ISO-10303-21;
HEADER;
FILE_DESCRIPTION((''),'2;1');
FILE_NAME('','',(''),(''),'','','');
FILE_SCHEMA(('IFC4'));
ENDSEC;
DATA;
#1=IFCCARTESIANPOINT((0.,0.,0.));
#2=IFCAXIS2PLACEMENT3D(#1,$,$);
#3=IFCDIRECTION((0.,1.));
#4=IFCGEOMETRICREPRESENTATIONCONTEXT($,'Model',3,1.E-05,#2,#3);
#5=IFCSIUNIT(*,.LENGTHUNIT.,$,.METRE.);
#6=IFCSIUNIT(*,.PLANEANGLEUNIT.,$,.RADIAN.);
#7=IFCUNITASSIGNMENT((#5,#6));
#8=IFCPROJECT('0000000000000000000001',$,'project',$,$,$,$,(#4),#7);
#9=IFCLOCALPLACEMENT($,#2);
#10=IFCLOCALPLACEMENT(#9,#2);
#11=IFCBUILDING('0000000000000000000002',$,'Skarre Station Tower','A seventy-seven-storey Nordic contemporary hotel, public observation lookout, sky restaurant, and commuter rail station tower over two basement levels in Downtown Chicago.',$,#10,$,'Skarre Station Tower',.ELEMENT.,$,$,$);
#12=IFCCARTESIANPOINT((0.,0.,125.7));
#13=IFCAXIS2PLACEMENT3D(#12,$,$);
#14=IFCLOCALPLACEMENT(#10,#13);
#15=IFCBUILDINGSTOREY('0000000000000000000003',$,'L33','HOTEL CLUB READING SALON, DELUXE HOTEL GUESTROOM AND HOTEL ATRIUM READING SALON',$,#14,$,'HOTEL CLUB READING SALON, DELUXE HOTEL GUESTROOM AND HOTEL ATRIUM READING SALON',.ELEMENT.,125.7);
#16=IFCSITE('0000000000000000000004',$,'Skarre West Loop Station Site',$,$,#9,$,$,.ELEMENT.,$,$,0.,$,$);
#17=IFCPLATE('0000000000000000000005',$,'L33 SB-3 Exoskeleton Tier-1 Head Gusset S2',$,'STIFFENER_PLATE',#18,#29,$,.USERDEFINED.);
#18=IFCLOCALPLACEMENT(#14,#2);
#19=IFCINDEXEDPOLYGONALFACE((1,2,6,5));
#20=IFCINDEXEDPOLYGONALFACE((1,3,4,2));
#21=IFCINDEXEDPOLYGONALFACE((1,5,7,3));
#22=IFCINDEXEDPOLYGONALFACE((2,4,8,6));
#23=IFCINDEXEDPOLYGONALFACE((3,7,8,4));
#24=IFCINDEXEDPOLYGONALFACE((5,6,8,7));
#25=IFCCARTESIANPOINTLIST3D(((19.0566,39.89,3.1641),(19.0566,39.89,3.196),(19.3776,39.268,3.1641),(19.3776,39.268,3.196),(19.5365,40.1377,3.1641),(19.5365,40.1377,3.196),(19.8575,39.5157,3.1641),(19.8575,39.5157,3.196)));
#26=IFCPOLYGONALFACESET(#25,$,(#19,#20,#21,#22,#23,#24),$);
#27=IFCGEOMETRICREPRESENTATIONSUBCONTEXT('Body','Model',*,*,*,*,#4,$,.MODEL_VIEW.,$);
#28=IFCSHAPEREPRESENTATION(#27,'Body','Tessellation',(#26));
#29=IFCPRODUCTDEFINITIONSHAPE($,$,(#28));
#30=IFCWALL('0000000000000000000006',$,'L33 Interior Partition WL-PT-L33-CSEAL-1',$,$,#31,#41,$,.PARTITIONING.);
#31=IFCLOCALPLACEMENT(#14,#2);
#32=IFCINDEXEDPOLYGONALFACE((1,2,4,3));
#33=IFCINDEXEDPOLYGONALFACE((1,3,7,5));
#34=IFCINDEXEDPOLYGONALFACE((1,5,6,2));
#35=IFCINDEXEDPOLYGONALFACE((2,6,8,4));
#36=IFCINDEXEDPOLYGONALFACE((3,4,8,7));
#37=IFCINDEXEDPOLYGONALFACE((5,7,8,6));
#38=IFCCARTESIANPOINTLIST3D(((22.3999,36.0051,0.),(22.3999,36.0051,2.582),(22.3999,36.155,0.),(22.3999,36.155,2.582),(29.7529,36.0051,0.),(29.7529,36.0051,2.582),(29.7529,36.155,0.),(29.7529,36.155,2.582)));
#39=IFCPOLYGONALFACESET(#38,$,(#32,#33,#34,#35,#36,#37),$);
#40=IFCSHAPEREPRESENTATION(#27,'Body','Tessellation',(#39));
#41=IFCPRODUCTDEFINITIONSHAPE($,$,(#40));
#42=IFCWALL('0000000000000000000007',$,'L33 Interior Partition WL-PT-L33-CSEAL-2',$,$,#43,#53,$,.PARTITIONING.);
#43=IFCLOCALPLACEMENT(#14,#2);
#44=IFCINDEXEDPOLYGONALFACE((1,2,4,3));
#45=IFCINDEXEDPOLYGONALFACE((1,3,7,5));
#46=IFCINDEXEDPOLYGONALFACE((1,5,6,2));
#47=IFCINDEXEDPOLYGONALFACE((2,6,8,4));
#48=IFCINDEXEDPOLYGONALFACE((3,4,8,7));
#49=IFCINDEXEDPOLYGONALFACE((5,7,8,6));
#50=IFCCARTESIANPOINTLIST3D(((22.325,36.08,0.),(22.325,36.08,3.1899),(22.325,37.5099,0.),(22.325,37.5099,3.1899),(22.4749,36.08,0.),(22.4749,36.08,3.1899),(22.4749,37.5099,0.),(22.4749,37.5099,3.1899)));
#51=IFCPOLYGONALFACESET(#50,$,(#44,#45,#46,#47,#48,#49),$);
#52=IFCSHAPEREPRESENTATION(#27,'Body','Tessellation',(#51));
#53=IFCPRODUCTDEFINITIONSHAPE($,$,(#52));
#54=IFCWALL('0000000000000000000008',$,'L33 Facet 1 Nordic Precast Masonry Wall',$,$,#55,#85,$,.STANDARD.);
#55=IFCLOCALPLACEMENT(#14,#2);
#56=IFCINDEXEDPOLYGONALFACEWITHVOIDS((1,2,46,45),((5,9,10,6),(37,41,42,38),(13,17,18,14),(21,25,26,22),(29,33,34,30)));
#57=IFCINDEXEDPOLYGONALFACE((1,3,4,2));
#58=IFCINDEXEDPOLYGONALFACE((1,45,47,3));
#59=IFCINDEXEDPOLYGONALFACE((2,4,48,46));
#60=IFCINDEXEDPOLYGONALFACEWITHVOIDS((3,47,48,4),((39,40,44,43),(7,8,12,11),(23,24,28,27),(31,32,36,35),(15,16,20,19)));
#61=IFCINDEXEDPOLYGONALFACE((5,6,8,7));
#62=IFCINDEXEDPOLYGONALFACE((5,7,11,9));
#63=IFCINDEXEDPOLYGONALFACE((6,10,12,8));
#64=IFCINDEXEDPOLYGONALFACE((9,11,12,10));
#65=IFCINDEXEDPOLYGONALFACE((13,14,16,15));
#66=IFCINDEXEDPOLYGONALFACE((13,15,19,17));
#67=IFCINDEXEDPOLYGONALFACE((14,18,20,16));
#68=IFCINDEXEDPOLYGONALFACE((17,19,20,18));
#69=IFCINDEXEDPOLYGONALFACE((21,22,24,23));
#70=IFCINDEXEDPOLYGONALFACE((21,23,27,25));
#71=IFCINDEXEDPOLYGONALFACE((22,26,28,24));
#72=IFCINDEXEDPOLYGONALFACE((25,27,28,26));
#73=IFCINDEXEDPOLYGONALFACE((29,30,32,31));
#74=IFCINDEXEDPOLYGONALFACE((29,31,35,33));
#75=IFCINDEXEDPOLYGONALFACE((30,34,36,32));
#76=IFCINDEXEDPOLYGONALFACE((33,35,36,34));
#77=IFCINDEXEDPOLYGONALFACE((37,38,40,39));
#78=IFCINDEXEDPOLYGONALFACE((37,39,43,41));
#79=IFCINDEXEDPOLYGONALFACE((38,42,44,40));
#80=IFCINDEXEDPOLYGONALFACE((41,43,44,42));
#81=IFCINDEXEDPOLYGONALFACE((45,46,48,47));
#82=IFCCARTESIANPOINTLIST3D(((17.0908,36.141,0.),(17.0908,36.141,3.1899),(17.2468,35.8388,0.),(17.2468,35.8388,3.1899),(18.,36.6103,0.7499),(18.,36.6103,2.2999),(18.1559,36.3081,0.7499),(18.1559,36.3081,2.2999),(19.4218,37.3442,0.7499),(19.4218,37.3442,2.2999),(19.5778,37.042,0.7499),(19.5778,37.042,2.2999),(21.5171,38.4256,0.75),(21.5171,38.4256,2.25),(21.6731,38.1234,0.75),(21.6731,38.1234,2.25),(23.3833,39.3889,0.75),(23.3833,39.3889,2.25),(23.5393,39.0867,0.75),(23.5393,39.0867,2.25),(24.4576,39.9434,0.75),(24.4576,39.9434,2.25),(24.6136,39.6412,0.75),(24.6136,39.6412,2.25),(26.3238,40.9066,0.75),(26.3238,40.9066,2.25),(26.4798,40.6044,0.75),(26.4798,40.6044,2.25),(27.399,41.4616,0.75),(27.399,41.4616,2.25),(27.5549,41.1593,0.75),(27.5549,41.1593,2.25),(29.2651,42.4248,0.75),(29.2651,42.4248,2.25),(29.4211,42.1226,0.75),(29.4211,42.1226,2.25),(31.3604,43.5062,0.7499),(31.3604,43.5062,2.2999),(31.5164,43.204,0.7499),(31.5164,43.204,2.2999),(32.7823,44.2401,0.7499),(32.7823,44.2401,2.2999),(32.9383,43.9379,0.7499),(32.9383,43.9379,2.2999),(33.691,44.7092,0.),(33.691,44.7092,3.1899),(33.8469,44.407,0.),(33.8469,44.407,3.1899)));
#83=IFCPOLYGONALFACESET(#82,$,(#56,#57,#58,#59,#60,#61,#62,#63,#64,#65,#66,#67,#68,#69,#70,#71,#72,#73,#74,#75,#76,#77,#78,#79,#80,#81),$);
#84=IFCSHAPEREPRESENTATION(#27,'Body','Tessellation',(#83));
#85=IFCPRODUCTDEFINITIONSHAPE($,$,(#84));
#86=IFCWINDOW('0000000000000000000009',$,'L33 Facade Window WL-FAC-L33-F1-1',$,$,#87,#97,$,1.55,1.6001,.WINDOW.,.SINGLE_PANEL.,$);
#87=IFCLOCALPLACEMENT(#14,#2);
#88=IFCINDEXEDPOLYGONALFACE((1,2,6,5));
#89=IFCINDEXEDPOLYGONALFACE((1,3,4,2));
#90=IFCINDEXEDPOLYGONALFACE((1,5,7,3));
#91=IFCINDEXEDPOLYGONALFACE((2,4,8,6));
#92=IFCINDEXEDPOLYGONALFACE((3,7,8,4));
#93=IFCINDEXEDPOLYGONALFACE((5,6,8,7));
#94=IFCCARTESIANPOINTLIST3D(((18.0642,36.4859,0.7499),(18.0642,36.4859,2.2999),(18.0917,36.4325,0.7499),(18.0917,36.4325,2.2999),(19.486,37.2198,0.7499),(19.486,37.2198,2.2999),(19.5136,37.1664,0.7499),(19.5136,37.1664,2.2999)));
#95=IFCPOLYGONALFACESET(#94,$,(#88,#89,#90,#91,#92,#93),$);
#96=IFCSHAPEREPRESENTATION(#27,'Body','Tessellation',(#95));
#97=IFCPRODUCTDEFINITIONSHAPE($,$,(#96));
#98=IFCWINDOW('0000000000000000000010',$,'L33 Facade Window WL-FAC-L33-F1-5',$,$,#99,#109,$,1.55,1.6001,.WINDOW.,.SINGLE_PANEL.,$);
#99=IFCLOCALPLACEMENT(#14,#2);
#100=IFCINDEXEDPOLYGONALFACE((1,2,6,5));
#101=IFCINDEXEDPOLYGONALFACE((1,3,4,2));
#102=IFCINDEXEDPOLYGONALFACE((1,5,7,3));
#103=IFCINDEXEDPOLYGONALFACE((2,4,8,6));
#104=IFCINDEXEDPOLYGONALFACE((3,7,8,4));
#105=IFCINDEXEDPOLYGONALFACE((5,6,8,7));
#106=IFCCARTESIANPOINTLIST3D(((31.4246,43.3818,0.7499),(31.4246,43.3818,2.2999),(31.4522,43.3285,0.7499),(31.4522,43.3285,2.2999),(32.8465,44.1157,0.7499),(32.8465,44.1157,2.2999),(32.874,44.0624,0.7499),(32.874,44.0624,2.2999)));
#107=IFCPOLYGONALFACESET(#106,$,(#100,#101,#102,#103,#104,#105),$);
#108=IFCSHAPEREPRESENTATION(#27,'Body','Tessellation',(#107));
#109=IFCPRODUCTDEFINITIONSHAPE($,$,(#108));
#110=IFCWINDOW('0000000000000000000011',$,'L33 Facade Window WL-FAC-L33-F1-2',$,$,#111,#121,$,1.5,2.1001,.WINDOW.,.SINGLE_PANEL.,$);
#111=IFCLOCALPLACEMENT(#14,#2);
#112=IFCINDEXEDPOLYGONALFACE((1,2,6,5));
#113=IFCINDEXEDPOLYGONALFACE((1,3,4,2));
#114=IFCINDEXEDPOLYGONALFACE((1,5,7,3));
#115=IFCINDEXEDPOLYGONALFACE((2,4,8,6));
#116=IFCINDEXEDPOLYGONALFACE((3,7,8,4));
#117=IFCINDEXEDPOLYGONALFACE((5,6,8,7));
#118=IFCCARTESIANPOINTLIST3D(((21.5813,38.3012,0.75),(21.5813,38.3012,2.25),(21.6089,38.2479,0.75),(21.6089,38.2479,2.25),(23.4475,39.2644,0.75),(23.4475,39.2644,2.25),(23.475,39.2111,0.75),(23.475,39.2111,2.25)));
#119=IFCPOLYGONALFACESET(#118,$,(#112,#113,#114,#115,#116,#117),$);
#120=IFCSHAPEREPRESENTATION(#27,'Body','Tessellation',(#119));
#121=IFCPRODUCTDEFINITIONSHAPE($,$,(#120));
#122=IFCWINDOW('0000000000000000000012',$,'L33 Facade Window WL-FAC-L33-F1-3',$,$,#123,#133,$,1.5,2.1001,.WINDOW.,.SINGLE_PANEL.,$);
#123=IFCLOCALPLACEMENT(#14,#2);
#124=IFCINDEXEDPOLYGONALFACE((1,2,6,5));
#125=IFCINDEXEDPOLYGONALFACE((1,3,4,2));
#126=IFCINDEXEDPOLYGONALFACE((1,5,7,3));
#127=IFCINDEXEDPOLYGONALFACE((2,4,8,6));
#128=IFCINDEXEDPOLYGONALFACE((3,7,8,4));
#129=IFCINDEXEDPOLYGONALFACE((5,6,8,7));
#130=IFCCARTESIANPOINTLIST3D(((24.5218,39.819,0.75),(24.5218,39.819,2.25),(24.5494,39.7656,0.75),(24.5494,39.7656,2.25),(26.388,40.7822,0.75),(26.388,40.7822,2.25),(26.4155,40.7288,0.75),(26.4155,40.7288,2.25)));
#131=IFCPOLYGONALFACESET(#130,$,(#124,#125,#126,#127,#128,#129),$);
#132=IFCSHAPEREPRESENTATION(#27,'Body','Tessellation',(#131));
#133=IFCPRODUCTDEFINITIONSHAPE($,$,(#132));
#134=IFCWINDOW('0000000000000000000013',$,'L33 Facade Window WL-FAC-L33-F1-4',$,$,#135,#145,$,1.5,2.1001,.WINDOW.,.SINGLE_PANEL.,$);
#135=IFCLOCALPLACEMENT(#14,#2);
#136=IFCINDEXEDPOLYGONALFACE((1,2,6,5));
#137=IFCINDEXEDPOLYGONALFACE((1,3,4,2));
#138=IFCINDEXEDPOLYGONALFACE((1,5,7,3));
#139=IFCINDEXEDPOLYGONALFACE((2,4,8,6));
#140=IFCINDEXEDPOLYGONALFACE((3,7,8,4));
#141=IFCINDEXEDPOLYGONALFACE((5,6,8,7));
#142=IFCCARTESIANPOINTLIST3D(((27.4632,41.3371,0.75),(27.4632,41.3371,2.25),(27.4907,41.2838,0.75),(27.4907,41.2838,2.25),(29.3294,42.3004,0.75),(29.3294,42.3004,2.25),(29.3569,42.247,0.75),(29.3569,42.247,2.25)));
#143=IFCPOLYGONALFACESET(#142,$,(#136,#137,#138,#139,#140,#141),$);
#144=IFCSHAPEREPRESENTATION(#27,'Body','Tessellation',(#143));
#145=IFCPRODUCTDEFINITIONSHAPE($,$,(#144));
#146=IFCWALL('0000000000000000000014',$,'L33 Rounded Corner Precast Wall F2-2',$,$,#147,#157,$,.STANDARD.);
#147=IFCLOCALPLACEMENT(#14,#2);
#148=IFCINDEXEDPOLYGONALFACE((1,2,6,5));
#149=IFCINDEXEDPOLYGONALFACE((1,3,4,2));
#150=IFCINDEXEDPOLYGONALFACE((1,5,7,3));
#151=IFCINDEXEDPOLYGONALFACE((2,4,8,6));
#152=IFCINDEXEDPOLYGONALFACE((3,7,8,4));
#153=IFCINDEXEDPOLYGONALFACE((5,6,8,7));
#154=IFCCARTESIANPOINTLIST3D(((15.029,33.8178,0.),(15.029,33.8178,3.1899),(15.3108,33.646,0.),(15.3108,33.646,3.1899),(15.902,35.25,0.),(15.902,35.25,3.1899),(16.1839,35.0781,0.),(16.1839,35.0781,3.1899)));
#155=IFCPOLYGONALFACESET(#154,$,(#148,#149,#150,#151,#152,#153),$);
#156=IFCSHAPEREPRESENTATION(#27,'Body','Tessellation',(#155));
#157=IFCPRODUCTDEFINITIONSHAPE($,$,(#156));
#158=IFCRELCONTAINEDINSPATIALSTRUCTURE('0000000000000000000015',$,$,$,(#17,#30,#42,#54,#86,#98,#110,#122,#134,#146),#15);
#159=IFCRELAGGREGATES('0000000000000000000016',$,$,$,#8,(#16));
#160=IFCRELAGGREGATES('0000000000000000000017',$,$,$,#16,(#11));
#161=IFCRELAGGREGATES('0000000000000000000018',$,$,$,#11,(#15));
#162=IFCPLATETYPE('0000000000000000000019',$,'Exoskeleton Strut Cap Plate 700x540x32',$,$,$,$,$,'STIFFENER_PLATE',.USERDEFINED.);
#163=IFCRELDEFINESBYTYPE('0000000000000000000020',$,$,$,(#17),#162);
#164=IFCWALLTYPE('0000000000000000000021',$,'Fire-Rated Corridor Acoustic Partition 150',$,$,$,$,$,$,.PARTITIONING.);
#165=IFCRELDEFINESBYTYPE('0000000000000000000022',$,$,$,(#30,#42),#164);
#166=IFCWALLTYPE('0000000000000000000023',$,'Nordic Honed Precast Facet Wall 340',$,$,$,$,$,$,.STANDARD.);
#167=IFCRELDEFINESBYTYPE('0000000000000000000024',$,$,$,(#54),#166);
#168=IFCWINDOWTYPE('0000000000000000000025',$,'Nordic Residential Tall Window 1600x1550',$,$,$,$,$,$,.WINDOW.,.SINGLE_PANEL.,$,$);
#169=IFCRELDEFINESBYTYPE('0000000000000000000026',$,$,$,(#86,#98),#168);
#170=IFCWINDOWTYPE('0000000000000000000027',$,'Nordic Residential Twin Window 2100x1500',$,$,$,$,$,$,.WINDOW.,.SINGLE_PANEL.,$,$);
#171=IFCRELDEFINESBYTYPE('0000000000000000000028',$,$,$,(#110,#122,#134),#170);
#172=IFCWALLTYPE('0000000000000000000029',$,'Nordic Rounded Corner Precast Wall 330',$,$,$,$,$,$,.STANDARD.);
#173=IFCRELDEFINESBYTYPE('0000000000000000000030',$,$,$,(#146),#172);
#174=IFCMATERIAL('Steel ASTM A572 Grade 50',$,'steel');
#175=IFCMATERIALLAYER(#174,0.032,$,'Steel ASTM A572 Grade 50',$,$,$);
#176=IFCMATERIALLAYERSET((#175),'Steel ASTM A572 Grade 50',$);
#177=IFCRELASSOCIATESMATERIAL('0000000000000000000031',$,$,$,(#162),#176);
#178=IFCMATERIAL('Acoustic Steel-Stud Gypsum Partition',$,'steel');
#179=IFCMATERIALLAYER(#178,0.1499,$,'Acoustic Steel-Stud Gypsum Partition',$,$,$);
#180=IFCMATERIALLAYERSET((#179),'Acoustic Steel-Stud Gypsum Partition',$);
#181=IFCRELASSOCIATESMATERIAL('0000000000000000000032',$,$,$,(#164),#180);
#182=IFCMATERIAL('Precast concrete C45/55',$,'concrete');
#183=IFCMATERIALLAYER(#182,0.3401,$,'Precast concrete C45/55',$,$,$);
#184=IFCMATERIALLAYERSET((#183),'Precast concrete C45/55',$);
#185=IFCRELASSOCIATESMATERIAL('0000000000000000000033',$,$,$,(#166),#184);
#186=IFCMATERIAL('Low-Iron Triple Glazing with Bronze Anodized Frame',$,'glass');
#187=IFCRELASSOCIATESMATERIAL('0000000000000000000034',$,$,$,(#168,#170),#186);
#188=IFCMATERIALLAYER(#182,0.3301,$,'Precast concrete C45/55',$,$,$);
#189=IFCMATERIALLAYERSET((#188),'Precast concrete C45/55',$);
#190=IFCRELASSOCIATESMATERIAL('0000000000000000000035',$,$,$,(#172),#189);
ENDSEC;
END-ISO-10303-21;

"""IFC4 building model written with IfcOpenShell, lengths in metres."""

from ifc_helpers import new_model, si_unit, direction, frame, frame_2d, origin, origin_2d, place, context, subcontext, project, spatial, rectangle, extrude, material, layer, layer_set, type_object, element, fill, save


model = new_model("IFC4")

# Units and contexts
model_context = context("Model", 3, precision=1e-05, world=origin(), true_north=direction((0.0, 1.0)))
body_context = subcontext(model_context, "Body", "Model", "MODEL_VIEW")
ifc_project = project(units=[si_unit("LENGTHUNIT", "METRE"), si_unit("PLANEANGLEUNIT", "RADIAN")], contexts=[model_context])

# Site, building, storey
site_placement = place(None, origin())
site = spatial("IfcSite", under=ifc_project, at=site_placement, Name="Skarre West Loop Station Site", CompositionType="ELEMENT", RefElevation=0.0)
building_placement = place(site_placement, origin())
building = spatial("IfcBuilding", under=site, at=building_placement, Name="Skarre Station Tower", Description="A seventy-seven-storey Nordic contemporary hotel, public observation lookout, sky restaurant, and commuter rail station tower over two basement levels in Downtown Chicago.", LongName="Skarre Station Tower", CompositionType="ELEMENT")
storey_placement = place(building_placement, frame((0.0, 0.0, 125.7)))
storey = spatial("IfcBuildingStorey", under=building, at=storey_placement, Name="L33", Description="HOTEL CLUB READING SALON, DELUXE HOTEL GUESTROOM AND HOTEL ATRIUM READING SALON", LongName="HOTEL CLUB READING SALON, DELUXE HOTEL GUESTROOM AND HOTEL ATRIUM READING SALON", CompositionType="ELEMENT", Elevation=125.7)

# Plate
ifc_material_1 = material(Name="Steel ASTM A572 Grade 50", Category="steel")
ifc_layer_1 = layer(ifc_material_1, 0.032, Name="Steel ASTM A572 Grade 50")
ifc_layer_set_1 = layer_set([ifc_layer_1], Name="Steel ASTM A572 Grade 50")
plate_type = type_object("IfcPlateType", Name="Exoskeleton Strut Cap Plate 700x540x32", ElementType="STIFFENER_PLATE", PredefinedType="USERDEFINED", material=ifc_layer_set_1)
for number, where, z_axis, x_axis, name in (
    (1, (19.457, 39.7029, 3.1641), (0.0, 0.0, 1.0), (-0.45865, 0.888617, 0.0), "L33 SB-3 Exoskeleton Tier-1 Head Gusset S2"),
):
    element("IfcPlate", number, at=place(storey_placement, frame(where, z_axis=z_axis, x_axis=x_axis)), inside=storey, type_object=plate_type, Name=name, ObjectType="STIFFENER_PLATE", PredefinedType="USERDEFINED", context=body_context, shape_type="SweptSolid", body=[
        extrude(rectangle(XDim=0.7, YDim=0.54, at=origin_2d()), origin(), (0.0, 0.0, 1.0), 0.032),
    ])

# Walls
ifc_material_2 = material(Name="Acoustic Steel-Stud Gypsum Partition", Category="steel")
ifc_layer_2 = layer(ifc_material_2, 0.1499, Name="Acoustic Steel-Stud Gypsum Partition")
ifc_layer_set_2 = layer_set([ifc_layer_2], Name="Acoustic Steel-Stud Gypsum Partition")
wall_type_1 = type_object("IfcWallType", Name="Fire-Rated Corridor Acoustic Partition 150", PredefinedType="PARTITIONING", material=ifc_layer_set_2)
wall_1_placement = place(storey_placement, frame((29.7529, 36.0801, 0.0), z_axis=(0.0, 0.0, 1.0), x_axis=(-1.0, 0.0, 0.0)))
element("IfcWall", 2, at=wall_1_placement, inside=storey, type_object=wall_type_1, Name="L33 Interior Partition WL-PT-L33-CSEAL-1", PredefinedType="PARTITIONING", context=body_context, shape_type="SweptSolid", body=[
    extrude(rectangle(XDim=7.353, YDim=0.1499, at=frame_2d((3.6765, 0.0))), origin(), (0.0, 0.0, 1.0), 2.582),
])
wall_2_placement = place(storey_placement, frame((22.3999, 36.0801, 0.0), z_axis=(0.0, 0.0, 1.0), x_axis=(0.0, 1.0, 0.0)))
element("IfcWall", 3, at=wall_2_placement, inside=storey, type_object=wall_type_1, Name="L33 Interior Partition WL-PT-L33-CSEAL-2", PredefinedType="PARTITIONING", context=body_context, shape_type="SweptSolid", body=[
    extrude(rectangle(XDim=1.4299, YDim=0.1499, at=frame_2d((0.7148, 0.0))), origin(), (0.0, 0.0, 1.0), 3.1899),
])

# Wall, openings, windows
ifc_material_3 = material(Name="Precast concrete C45/55", Category="concrete")
ifc_layer_3 = layer(ifc_material_3, 0.3401, Name="Precast concrete C45/55")
ifc_layer_set_3 = layer_set([ifc_layer_3], Name="Precast concrete C45/55")
wall_type_2 = type_object("IfcWallType", Name="Nordic Honed Precast Facet Wall 340", PredefinedType="STANDARD", material=ifc_layer_set_3)
wall_3_placement = place(storey_placement, frame((17.1689, 35.99, 0.0), z_axis=(0.0, 0.0, 1.0), x_axis=(0.888614, 0.458657, 0.0)))
wall_3 = element("IfcWall", 4, at=wall_3_placement, inside=storey, type_object=wall_type_2, Name="L33 Facet 1 Nordic Precast Masonry Wall", PredefinedType="STANDARD", context=body_context, shape_type="SweptSolid", body=[
    extrude(rectangle(XDim=18.6809, YDim=0.3401, at=frame_2d((9.3403, 0.0))), origin(), (0.0, 0.0, 1.0), 3.1899),
])
opening_1_placement = place(wall_3_placement, frame((1.0229, 0.0, 0.75)))
opening_1 = element("IfcOpeningElement", 5, at=opening_1_placement, cuts=wall_3, PredefinedType="OPENING", context=body_context, shape_type="SweptSolid", body=[
    extrude(rectangle(XDim=1.6001, YDim=1.55, at=frame_2d((0.8, 0.7749))), frame((0.0, 0.1799, 0.0), z_axis=(0.0, -1.0, 0.0), x_axis=(1.0, 0.0, 0.0)), (0.0, 0.0, 1.0), 0.3601),
])
opening_2_placement = place(wall_3_placement, frame((4.981, 0.0, 0.75)))
opening_2 = element("IfcOpeningElement", 6, at=opening_2_placement, cuts=wall_3, PredefinedType="OPENING", context=body_context, shape_type="SweptSolid", body=[
    extrude(rectangle(XDim=2.1001, YDim=1.5, at=frame_2d((1.05, 0.75))), frame((0.0, 0.1799, 0.0), z_axis=(0.0, -1.0, 0.0), x_axis=(1.0, 0.0, 0.0)), (0.0, 0.0, 1.0), 0.3601),
])
opening_3_placement = place(wall_3_placement, frame((8.29, 0.0, 0.75)))
opening_3 = element("IfcOpeningElement", 7, at=opening_3_placement, cuts=wall_3, PredefinedType="OPENING", context=body_context, shape_type="SweptSolid", body=[
    extrude(rectangle(XDim=2.1001, YDim=1.5, at=frame_2d((1.05, 0.75))), frame((0.0, 0.1799, 0.0), z_axis=(0.0, -1.0, 0.0), x_axis=(1.0, 0.0, 0.0)), (0.0, 0.0, 1.0), 0.3601),
])
opening_4_placement = place(wall_3_placement, frame((11.6001, 0.0, 0.75)))
opening_4 = element("IfcOpeningElement", 8, at=opening_4_placement, cuts=wall_3, PredefinedType="OPENING", context=body_context, shape_type="SweptSolid", body=[
    extrude(rectangle(XDim=2.1001, YDim=1.5, at=frame_2d((1.05, 0.75))), frame((0.0, 0.1799, 0.0), z_axis=(0.0, -1.0, 0.0), x_axis=(1.0, 0.0, 0.0)), (0.0, 0.0, 1.0), 0.3601),
])
opening_5_placement = place(wall_3_placement, frame((16.0581, 0.0, 0.75)))
opening_5 = element("IfcOpeningElement", 9, at=opening_5_placement, cuts=wall_3, PredefinedType="OPENING", context=body_context, shape_type="SweptSolid", body=[
    extrude(rectangle(XDim=1.6001, YDim=1.55, at=frame_2d((0.8, 0.7749))), frame((0.0, 0.1799, 0.0), z_axis=(0.0, -1.0, 0.0), x_axis=(1.0, 0.0, 0.0)), (0.0, 0.0, 1.0), 0.3601),
])
ifc_material_4 = material(Name="Low-Iron Triple Glazing with Bronze Anodized Frame", Category="glass")
window_type_1 = type_object("IfcWindowType", Name="Nordic Residential Tall Window 1600x1550", PartitioningType="SINGLE_PANEL", PredefinedType="WINDOW", material=ifc_material_4)
window_1_placement = place(opening_1_placement, origin())
window_1 = element("IfcWindow", 10, at=window_1_placement, inside=storey, type_object=window_type_1, Name="L33 Facade Window WL-FAC-L33-F1-1", OverallHeight=1.55, OverallWidth=1.6001, PartitioningType="SINGLE_PANEL", PredefinedType="WINDOW", context=body_context, shape_type="SweptSolid", body=[
    extrude(rectangle(XDim=1.6001, YDim=1.55, at=frame_2d((0.8, 0.7749))), frame((0.0, 0.03, 0.0), z_axis=(0.0, -1.0, 0.0), x_axis=(1.0, 0.0, 0.0)), (0.0, 0.0, 1.0), 0.0601),
])
fill(opening_1, window_1)
window_2_placement = place(opening_5_placement, origin())
window_2 = element("IfcWindow", 11, at=window_2_placement, inside=storey, type_object=window_type_1, Name="L33 Facade Window WL-FAC-L33-F1-5", OverallHeight=1.55, OverallWidth=1.6001, PartitioningType="SINGLE_PANEL", PredefinedType="WINDOW", context=body_context, shape_type="SweptSolid", body=[
    extrude(rectangle(XDim=1.6001, YDim=1.55, at=frame_2d((0.8, 0.7749))), frame((0.0, 0.03, 0.0), z_axis=(0.0, -1.0, 0.0), x_axis=(1.0, 0.0, 0.0)), (0.0, 0.0, 1.0), 0.0601),
])
fill(opening_5, window_2)
window_type_2 = type_object("IfcWindowType", Name="Nordic Residential Twin Window 2100x1500", PartitioningType="SINGLE_PANEL", PredefinedType="WINDOW", material=ifc_material_4)
window_3_placement = place(opening_2_placement, origin())
window_3 = element("IfcWindow", 12, at=window_3_placement, inside=storey, type_object=window_type_2, Name="L33 Facade Window WL-FAC-L33-F1-2", OverallHeight=1.5, OverallWidth=2.1001, PartitioningType="SINGLE_PANEL", PredefinedType="WINDOW", context=body_context, shape_type="SweptSolid", body=[
    extrude(rectangle(XDim=2.1001, YDim=1.5, at=frame_2d((1.05, 0.75))), frame((0.0, 0.03, 0.0), z_axis=(0.0, -1.0, 0.0), x_axis=(1.0, 0.0, 0.0)), (0.0, 0.0, 1.0), 0.0601),
])
fill(opening_2, window_3)
window_4_placement = place(opening_3_placement, origin())
window_4 = element("IfcWindow", 13, at=window_4_placement, inside=storey, type_object=window_type_2, Name="L33 Facade Window WL-FAC-L33-F1-3", OverallHeight=1.5, OverallWidth=2.1001, PartitioningType="SINGLE_PANEL", PredefinedType="WINDOW", context=body_context, shape_type="SweptSolid", body=[
    extrude(rectangle(XDim=2.1001, YDim=1.5, at=frame_2d((1.05, 0.75))), frame((0.0, 0.03, 0.0), z_axis=(0.0, -1.0, 0.0), x_axis=(1.0, 0.0, 0.0)), (0.0, 0.0, 1.0), 0.0601),
])
fill(opening_3, window_4)
window_5_placement = place(opening_4_placement, origin())
window_5 = element("IfcWindow", 14, at=window_5_placement, inside=storey, type_object=window_type_2, Name="L33 Facade Window WL-FAC-L33-F1-4", OverallHeight=1.5, OverallWidth=2.1001, PartitioningType="SINGLE_PANEL", PredefinedType="WINDOW", context=body_context, shape_type="SweptSolid", body=[
    extrude(rectangle(XDim=2.1001, YDim=1.5, at=frame_2d((1.05, 0.75))), frame((0.0, 0.03, 0.0), z_axis=(0.0, -1.0, 0.0), x_axis=(1.0, 0.0, 0.0)), (0.0, 0.0, 1.0), 0.0601),
])
fill(opening_4, window_5)

# Wall
ifc_layer_4 = layer(ifc_material_3, 0.3301, Name="Precast concrete C45/55")
ifc_layer_set_4 = layer_set([ifc_layer_4], Name="Precast concrete C45/55")
wall_type_3 = type_object("IfcWallType", Name="Nordic Rounded Corner Precast Wall 330", PredefinedType="STANDARD", material=ifc_layer_set_4)
wall_4_placement = place(storey_placement, frame((15.1699, 33.7319, 0.0), z_axis=(0.0, 0.0, 1.0), x_axis=(0.520519, 0.85385, 0.0)))
element("IfcWall", 15, at=wall_4_placement, inside=storey, type_object=wall_type_3, Name="L33 Rounded Corner Precast Wall F2-2", PredefinedType="STANDARD", context=body_context, shape_type="SweptSolid", body=[
    extrude(rectangle(XDim=1.6772, YDim=0.3301, at=frame_2d((0.8386, 0.0))), origin(), (0.0, 0.0, 1.0), 3.1899),
])

save(model, "model.ifc")
